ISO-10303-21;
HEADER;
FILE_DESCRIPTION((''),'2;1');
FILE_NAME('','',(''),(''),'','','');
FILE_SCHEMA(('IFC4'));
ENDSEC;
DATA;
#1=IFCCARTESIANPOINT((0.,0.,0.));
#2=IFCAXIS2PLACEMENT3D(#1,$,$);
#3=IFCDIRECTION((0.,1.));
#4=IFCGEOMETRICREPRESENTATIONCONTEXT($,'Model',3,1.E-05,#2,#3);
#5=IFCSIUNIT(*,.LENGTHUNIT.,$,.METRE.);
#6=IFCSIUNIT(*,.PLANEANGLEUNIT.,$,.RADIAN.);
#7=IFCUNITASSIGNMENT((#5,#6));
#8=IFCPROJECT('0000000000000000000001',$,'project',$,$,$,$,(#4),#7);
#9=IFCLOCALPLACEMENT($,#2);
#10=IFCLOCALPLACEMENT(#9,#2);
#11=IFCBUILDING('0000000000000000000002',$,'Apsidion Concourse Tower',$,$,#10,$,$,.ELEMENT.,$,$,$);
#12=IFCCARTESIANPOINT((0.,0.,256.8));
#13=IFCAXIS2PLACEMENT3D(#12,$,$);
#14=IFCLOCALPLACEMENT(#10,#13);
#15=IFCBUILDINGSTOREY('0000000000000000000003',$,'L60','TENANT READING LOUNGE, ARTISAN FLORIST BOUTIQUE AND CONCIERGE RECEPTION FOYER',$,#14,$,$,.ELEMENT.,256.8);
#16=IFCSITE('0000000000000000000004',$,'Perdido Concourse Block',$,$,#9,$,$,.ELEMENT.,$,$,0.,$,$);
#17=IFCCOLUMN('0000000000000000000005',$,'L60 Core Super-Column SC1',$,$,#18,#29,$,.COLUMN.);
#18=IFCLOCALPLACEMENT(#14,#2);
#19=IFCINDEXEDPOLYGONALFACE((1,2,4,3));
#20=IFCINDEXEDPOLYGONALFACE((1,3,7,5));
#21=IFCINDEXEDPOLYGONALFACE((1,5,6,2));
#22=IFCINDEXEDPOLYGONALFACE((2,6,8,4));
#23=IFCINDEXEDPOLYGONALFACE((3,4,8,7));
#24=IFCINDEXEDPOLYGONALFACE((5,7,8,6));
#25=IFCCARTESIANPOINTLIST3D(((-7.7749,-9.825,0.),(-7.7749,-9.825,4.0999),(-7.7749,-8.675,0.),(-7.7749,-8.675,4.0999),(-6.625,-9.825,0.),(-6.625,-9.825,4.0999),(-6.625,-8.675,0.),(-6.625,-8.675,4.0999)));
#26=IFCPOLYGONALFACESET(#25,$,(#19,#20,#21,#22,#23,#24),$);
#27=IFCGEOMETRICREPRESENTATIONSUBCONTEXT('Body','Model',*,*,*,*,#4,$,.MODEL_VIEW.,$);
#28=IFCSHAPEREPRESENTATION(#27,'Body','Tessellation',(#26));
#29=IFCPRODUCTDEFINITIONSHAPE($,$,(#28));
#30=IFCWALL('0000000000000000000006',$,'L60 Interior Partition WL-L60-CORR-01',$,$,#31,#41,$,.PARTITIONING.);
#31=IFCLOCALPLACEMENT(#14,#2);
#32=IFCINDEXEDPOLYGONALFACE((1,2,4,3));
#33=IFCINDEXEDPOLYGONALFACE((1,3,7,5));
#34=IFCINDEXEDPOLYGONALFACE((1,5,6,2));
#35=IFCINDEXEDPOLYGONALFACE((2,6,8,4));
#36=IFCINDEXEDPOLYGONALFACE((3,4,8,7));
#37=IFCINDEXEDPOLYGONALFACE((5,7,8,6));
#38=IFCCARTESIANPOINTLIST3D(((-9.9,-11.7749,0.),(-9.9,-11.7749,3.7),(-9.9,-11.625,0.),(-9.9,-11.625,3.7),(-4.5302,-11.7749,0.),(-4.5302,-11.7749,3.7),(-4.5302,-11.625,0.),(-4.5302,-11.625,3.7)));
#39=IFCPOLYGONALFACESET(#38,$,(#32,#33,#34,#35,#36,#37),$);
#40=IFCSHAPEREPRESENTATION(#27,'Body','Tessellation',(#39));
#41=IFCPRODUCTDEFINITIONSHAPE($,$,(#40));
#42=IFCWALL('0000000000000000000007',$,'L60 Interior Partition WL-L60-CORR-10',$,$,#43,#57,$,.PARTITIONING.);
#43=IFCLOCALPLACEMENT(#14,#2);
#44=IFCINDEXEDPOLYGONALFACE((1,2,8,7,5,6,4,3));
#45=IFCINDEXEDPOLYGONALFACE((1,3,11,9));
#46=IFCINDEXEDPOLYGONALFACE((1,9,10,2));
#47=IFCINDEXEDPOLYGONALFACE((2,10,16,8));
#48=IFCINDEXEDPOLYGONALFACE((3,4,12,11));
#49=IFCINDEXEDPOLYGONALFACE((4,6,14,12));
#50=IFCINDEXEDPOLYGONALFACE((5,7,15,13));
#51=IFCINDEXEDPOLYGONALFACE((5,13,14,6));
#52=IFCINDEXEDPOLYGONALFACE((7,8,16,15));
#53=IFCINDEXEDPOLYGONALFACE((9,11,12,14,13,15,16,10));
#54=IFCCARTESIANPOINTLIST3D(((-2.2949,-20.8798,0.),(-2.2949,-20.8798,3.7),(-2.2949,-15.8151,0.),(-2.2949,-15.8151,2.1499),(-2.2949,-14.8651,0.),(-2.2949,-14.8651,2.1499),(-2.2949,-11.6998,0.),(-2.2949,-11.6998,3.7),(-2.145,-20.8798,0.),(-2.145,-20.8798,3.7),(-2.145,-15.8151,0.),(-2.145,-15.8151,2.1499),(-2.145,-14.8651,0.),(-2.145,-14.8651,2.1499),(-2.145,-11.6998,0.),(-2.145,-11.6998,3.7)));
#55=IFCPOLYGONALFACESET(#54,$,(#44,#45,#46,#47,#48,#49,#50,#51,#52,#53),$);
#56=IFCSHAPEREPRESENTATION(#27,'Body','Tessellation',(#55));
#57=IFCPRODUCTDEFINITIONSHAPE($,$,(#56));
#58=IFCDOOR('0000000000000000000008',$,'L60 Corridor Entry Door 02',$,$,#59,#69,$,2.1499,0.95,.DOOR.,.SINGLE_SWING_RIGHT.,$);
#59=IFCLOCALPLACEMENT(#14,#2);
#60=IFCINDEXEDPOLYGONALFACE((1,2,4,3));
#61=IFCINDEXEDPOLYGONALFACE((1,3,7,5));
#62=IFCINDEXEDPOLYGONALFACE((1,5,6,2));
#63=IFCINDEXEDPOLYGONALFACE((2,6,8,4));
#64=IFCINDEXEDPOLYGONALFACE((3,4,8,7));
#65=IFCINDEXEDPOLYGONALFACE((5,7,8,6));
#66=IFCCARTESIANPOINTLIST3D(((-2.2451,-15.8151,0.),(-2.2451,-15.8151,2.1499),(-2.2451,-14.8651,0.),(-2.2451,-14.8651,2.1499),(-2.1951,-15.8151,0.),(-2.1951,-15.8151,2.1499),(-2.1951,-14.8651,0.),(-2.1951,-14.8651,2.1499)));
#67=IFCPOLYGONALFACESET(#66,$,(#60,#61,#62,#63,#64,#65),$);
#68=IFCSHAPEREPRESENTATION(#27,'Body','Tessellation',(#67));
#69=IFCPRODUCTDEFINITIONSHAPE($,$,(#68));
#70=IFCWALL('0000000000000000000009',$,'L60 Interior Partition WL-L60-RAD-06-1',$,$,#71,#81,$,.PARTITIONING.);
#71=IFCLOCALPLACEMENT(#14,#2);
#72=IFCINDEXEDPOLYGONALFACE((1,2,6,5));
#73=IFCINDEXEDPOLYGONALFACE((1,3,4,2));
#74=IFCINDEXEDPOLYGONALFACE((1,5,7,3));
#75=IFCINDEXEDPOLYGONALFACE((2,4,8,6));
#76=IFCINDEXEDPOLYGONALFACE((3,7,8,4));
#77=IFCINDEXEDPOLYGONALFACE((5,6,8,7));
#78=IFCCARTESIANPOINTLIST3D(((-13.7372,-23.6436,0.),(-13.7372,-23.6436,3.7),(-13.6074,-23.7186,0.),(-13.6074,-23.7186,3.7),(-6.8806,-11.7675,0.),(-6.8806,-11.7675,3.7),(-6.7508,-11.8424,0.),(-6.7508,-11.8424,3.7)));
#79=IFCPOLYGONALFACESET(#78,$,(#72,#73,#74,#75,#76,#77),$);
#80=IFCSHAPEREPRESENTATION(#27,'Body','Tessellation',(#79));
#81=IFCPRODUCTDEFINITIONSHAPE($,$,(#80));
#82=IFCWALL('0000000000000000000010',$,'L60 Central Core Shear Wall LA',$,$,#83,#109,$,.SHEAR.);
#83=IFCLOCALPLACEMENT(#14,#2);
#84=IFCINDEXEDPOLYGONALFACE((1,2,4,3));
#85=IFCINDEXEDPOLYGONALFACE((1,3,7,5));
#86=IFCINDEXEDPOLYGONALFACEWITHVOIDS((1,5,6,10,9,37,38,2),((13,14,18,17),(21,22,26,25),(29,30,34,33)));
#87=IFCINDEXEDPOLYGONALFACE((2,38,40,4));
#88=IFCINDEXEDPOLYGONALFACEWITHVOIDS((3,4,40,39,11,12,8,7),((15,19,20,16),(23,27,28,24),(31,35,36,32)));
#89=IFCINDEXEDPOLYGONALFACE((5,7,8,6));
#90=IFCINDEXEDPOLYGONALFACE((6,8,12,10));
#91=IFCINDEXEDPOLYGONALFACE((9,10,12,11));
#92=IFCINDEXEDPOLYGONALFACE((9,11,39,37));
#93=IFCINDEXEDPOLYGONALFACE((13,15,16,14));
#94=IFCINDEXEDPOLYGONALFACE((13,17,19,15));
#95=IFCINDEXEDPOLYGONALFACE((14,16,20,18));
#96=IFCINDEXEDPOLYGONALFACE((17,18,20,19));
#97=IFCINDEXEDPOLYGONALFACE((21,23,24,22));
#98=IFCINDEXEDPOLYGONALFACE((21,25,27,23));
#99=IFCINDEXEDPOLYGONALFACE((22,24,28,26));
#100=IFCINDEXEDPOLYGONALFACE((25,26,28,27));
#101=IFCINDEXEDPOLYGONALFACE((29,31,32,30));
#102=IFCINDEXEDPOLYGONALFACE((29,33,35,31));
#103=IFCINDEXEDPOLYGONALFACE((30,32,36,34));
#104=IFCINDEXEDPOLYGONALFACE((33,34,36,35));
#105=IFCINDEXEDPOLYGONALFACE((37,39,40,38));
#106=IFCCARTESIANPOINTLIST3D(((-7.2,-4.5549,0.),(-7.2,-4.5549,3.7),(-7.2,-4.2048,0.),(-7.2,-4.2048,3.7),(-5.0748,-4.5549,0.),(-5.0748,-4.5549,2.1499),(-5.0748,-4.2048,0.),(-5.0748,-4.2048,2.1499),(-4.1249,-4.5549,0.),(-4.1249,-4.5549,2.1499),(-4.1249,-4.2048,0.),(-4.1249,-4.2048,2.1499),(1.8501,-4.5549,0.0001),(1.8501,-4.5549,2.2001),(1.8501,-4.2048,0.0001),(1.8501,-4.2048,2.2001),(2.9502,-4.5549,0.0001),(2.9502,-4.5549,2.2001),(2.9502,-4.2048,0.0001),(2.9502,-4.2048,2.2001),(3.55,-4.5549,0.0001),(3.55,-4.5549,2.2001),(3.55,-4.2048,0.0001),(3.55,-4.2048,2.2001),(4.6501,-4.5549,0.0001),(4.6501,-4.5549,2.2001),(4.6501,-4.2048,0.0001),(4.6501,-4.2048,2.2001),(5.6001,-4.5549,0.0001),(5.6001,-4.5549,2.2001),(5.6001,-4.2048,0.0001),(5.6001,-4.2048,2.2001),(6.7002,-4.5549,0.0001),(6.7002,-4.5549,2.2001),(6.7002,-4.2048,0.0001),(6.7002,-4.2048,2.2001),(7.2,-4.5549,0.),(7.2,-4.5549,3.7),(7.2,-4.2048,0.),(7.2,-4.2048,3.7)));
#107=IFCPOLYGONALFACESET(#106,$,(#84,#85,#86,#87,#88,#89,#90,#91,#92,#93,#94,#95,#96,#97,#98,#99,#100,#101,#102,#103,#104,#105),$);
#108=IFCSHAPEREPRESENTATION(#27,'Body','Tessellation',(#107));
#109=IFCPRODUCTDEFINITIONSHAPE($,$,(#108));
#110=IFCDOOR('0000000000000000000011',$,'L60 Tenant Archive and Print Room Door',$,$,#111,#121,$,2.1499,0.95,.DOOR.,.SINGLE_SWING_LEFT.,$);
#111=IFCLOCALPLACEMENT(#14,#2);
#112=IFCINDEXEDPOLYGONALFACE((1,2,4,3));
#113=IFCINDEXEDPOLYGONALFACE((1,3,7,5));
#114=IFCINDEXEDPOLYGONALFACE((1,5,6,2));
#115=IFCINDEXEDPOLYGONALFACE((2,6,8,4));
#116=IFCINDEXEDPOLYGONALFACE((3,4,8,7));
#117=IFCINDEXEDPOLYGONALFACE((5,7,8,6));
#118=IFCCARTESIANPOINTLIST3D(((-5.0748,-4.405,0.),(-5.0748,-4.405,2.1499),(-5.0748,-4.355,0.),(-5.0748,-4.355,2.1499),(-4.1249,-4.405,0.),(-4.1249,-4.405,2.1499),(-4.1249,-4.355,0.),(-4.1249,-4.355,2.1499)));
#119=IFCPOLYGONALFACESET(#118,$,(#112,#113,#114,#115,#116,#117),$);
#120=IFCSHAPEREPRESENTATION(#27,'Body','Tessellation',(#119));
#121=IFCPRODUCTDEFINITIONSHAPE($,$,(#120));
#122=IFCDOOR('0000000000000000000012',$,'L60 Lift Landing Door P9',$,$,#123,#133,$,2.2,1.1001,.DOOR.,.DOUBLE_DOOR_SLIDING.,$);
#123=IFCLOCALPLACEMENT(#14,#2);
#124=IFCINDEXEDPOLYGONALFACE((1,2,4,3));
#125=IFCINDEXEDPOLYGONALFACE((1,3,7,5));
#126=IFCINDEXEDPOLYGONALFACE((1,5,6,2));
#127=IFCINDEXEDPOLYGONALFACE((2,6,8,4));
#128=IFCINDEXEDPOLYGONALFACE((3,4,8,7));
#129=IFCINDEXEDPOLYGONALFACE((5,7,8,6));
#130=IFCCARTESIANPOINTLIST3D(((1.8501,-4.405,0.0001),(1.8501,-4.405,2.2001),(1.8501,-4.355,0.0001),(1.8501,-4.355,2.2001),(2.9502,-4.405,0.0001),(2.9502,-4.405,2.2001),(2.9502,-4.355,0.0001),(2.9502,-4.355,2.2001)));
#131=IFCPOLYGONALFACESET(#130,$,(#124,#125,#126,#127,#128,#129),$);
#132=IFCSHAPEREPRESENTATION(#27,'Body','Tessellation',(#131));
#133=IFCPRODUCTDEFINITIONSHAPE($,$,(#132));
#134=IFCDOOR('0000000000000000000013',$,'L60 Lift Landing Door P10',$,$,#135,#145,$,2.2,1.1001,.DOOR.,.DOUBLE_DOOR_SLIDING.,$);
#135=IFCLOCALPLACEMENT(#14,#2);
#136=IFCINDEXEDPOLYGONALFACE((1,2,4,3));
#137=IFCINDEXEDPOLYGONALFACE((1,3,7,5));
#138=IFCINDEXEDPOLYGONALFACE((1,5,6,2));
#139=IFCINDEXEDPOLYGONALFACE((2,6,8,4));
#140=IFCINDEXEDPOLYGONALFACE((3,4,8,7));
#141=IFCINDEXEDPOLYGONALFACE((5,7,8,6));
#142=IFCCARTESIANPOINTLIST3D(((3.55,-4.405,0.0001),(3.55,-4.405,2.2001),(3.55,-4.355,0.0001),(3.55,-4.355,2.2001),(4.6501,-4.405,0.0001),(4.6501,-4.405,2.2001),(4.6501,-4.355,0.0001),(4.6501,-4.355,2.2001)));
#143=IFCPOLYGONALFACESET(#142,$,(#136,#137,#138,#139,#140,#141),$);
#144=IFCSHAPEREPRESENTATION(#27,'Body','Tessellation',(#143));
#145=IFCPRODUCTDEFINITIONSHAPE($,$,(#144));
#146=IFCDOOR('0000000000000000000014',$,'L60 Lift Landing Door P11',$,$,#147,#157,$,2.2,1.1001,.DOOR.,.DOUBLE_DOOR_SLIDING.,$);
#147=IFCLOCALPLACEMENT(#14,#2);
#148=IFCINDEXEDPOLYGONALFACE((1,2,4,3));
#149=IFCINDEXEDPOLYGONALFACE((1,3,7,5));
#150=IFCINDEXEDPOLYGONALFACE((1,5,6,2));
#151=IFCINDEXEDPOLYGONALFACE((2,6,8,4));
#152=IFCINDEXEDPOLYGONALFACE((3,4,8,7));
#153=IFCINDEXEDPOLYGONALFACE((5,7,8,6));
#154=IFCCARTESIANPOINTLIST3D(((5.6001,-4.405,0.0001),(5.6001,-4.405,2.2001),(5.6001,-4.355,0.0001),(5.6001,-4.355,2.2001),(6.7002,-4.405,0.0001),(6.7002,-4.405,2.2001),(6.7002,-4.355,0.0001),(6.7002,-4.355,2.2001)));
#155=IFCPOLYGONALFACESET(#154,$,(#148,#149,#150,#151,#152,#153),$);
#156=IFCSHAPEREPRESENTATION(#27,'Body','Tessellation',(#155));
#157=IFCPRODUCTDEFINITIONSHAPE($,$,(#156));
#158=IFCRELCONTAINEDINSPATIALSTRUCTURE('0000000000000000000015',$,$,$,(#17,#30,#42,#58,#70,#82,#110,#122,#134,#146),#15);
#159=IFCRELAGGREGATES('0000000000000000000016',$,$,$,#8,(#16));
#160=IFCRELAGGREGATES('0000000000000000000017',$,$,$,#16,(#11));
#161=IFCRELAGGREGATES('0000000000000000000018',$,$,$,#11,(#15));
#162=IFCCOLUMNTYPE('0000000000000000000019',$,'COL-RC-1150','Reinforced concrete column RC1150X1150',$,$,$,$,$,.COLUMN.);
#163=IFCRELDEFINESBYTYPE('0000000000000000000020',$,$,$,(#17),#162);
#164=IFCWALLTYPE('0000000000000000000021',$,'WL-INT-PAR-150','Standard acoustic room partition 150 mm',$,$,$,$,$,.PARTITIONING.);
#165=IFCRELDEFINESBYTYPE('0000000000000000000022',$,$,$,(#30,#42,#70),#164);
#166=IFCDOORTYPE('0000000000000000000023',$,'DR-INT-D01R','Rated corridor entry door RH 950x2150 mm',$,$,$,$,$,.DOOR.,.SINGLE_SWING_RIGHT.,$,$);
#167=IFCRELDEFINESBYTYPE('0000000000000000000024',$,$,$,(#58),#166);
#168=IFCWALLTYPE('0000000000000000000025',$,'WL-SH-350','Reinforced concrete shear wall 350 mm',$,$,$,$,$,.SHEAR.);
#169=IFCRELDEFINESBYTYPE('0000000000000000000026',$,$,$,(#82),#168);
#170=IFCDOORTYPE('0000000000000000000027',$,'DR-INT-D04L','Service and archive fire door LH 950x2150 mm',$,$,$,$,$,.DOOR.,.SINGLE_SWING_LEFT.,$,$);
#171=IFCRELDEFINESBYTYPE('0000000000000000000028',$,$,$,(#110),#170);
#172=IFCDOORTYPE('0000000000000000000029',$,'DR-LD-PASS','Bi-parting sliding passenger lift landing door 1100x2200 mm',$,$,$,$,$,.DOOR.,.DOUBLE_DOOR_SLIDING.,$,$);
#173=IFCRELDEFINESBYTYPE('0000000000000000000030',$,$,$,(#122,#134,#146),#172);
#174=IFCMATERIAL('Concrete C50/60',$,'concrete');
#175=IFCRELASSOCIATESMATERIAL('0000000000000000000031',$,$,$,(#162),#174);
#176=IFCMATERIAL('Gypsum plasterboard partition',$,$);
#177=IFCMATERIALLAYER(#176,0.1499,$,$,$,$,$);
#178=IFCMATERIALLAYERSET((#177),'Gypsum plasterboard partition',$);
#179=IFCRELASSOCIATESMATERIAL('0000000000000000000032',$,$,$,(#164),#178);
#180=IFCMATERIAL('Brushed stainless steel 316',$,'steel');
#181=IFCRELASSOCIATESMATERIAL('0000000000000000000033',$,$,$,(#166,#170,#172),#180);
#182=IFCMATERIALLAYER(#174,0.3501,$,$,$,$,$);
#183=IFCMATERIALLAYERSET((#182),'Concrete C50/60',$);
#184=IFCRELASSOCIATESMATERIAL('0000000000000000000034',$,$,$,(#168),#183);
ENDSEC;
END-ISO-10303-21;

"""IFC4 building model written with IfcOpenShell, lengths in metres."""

from ifc_helpers import new_model, si_unit, direction, frame, frame_2d, origin, origin_2d, place, context, subcontext, project, spatial, rectangle, extrude, material, layer, layer_set, material_profile, profile_set, type_object, element, fill, save


model = new_model("IFC4")

# Units and contexts
model_context = context("Model", 3, precision=1e-05, world=origin(), true_north=direction((0.0, 1.0)))
body_context = subcontext(model_context, "Body", "Model", "MODEL_VIEW")
ifc_project = project(units=[si_unit("LENGTHUNIT", "METRE"), si_unit("PLANEANGLEUNIT", "RADIAN")], contexts=[model_context])

# Site, building, storey
site_placement = place(None, origin())
site = spatial("IfcSite", under=ifc_project, at=site_placement, Name="Perdido Concourse Block", CompositionType="ELEMENT", RefElevation=0.0)
building_placement = place(site_placement, origin())
building = spatial("IfcBuilding", under=site, at=building_placement, Name="Apsidion Concourse Tower", CompositionType="ELEMENT")
storey_placement = place(building_placement, frame((0.0, 0.0, 256.8)))
storey = spatial("IfcBuildingStorey", under=building, at=storey_placement, Name="L60", Description="TENANT READING LOUNGE, ARTISAN FLORIST BOUTIQUE AND CONCIERGE RECEPTION FOYER", CompositionType="ELEMENT", Elevation=256.8)

# Column
ifc_material_1 = material(Name="Concrete C50/60", Category="concrete")
ifc_material_profile = material_profile(ifc_material_1, rectangle(XDim=1.1499, YDim=1.1499, at=origin_2d()), Name="RC 1150x1150")
ifc_profile_set = profile_set([ifc_material_profile], Name="Concrete C50/60")
column_type = type_object("IfcColumnType", Name="COL-RC-1150", Description="Reinforced concrete column RC1150X1150", PredefinedType="COLUMN", material=ifc_profile_set)
column_placement = place(storey_placement, frame((-7.2, -9.25, 0.0), z_axis=(0.0, 0.0, 1.0), x_axis=(1.0, 0.0, 0.0)))
element("IfcColumn", 1, at=column_placement, inside=storey, type_object=column_type, Name="L60 Core Super-Column SC1", PredefinedType="COLUMN", context=body_context, shape_type="SweptSolid", body=[
    extrude(rectangle(XDim=1.1499, YDim=1.1499, at=origin_2d()), origin(), (0.0, 0.0, 1.0), 4.0999),
])

# Wall
ifc_material_2 = material(Name="Gypsum plasterboard partition")
ifc_layer_1 = layer(ifc_material_2, 0.1499)
ifc_layer_set_1 = layer_set([ifc_layer_1], Name="Gypsum plasterboard partition")
wall_type_1 = type_object("IfcWallType", Name="WL-INT-PAR-150", Description="Standard acoustic room partition 150 mm", PredefinedType="PARTITIONING", material=ifc_layer_set_1)
wall_1_placement = place(storey_placement, frame((-4.53, -11.7, 0.0), z_axis=(0.0, 0.0, 1.0), x_axis=(-1.0, 0.0, 0.0)))
element("IfcWall", 2, at=wall_1_placement, inside=storey, type_object=wall_type_1, Name="L60 Interior Partition WL-L60-CORR-01", PredefinedType="PARTITIONING", context=body_context, shape_type="SweptSolid", body=[
    extrude(rectangle(XDim=5.3699, YDim=0.1499, at=frame_2d((2.6851, 0.0))), origin(), (0.0, 0.0, 1.0), 3.7),
])

# Wall, opening, door
wall_2_placement = place(storey_placement, frame((-2.22, -11.7, 0.0), z_axis=(0.0, 0.0, 1.0), x_axis=(0.0, -1.0, 0.0)))
wall_2 = element("IfcWall", 3, at=wall_2_placement, inside=storey, type_object=wall_type_1, Name="L60 Interior Partition WL-L60-CORR-10", PredefinedType="PARTITIONING", context=body_context, shape_type="SweptSolid", body=[
    extrude(rectangle(XDim=9.1799, YDim=0.1499, at=frame_2d((4.5898, 0.0))), origin(), (0.0, 0.0, 1.0), 3.7),
])
opening_1_placement = place(wall_2_placement, frame((3.165, 0.0, 0.0)))
opening_1 = element("IfcOpeningElement", 4, at=opening_1_placement, cuts=wall_2, PredefinedType="OPENING", context=body_context, shape_type="SweptSolid", body=[
    extrude(rectangle(XDim=0.95, YDim=2.1499, at=frame_2d((0.4751, 1.075))), frame((0.0, 0.085, 0.0), z_axis=(0.0, -1.0, 0.0), x_axis=(1.0, 0.0, 0.0)), (0.0, 0.0, 1.0), 0.1699),
])
ifc_material_3 = material(Name="Brushed stainless steel 316", Category="steel")
door_type_1 = type_object("IfcDoorType", Name="DR-INT-D01R", Description="Rated corridor entry door RH 950x2150 mm", OperationType="SINGLE_SWING_RIGHT", PredefinedType="DOOR", material=ifc_material_3)
door_1_placement = place(opening_1_placement, origin())
door_1 = element("IfcDoor", 5, at=door_1_placement, inside=storey, type_object=door_type_1, Name="L60 Corridor Entry Door 02", OperationType="SINGLE_SWING_RIGHT", OverallHeight=2.1499, OverallWidth=0.95, PredefinedType="DOOR", context=body_context, shape_type="SweptSolid", body=[
    extrude(rectangle(XDim=0.95, YDim=2.1499, at=frame_2d((0.4751, 1.075))), frame((0.0, 0.0249, 0.0), z_axis=(0.0, -1.0, 0.0), x_axis=(1.0, 0.0, 0.0)), (0.0, 0.0, 1.0), 0.05),
])
fill(opening_1, door_1)

# Wall
wall_3_placement = place(storey_placement, frame((-6.8157, -11.8049, 0.0), z_axis=(0.0, 0.0, 1.0), x_axis=(-0.499997, -0.866027, 0.0)))
element("IfcWall", 6, at=wall_3_placement, inside=storey, type_object=wall_type_1, Name="L60 Interior Partition WL-L60-RAD-06-1", PredefinedType="PARTITIONING", context=body_context, shape_type="SweptSolid", body=[
    extrude(rectangle(XDim=13.7134, YDim=0.1499, at=frame_2d((6.8567, 0.0))), origin(), (0.0, 0.0, 1.0), 3.7),
])

# Wall, openings, doors
ifc_layer_2 = layer(ifc_material_1, 0.3501)
ifc_layer_set_2 = layer_set([ifc_layer_2], Name="Concrete C50/60")
wall_type_2 = type_object("IfcWallType", Name="WL-SH-350", Description="Reinforced concrete shear wall 350 mm", PredefinedType="SHEAR", material=ifc_layer_set_2)
wall_4_placement = place(storey_placement, frame((-7.2, -4.3799, 0.0), z_axis=(0.0, 0.0, 1.0), x_axis=(1.0, 0.0, 0.0)))
wall_4 = element("IfcWall", 7, at=wall_4_placement, inside=storey, type_object=wall_type_2, Name="L60 Central Core Shear Wall LA", PredefinedType="SHEAR", context=body_context, shape_type="SweptSolid", body=[
    extrude(rectangle(XDim=14.3999, YDim=0.3501, at=frame_2d((7.2, 0.0))), origin(), (0.0, 0.0, 1.0), 3.7),
])
opening_2_placement = place(wall_4_placement, frame((9.05, 0.0, 0.0)))
opening_2 = element("IfcOpeningElement", 8, at=opening_2_placement, cuts=wall_4, PredefinedType="OPENING", context=body_context, shape_type="SweptSolid", body=[
    extrude(rectangle(XDim=1.1001, YDim=2.2, at=frame_2d((0.55, 1.1001))), frame((0.0, 0.1851, 0.0), z_axis=(0.0, -1.0, 0.0), x_axis=(1.0, 0.0, 0.0)), (0.0, 0.0, 1.0), 0.3701),
])
opening_3_placement = place(wall_4_placement, frame((10.75, 0.0, 0.0)))
opening_3 = element("IfcOpeningElement", 9, at=opening_3_placement, cuts=wall_4, PredefinedType="OPENING", context=body_context, shape_type="SweptSolid", body=[
    extrude(rectangle(XDim=1.1001, YDim=2.2, at=frame_2d((0.55, 1.1001))), frame((0.0, 0.1851, 0.0), z_axis=(0.0, -1.0, 0.0), x_axis=(1.0, 0.0, 0.0)), (0.0, 0.0, 1.0), 0.3701),
])
opening_4_placement = place(wall_4_placement, frame((12.8, 0.0, 0.0)))
opening_4 = element("IfcOpeningElement", 10, at=opening_4_placement, cuts=wall_4, PredefinedType="OPENING", context=body_context, shape_type="SweptSolid", body=[
    extrude(rectangle(XDim=1.1001, YDim=2.2, at=frame_2d((0.55, 1.1001))), frame((0.0, 0.1851, 0.0), z_axis=(0.0, -1.0, 0.0), x_axis=(1.0, 0.0, 0.0)), (0.0, 0.0, 1.0), 0.3701),
])
opening_5_placement = place(wall_4_placement, frame((2.125, 0.0, 0.0)))
opening_5 = element("IfcOpeningElement", 11, at=opening_5_placement, cuts=wall_4, PredefinedType="OPENING", context=body_context, shape_type="SweptSolid", body=[
    extrude(rectangle(XDim=0.95, YDim=2.1499, at=frame_2d((0.4751, 1.075))), frame((0.0, 0.1851, 0.0), z_axis=(0.0, -1.0, 0.0), x_axis=(1.0, 0.0, 0.0)), (0.0, 0.0, 1.0), 0.3701),
])
door_type_2 = type_object("IfcDoorType", Name="DR-INT-D04L", Description="Service and archive fire door LH 950x2150 mm", OperationType="SINGLE_SWING_LEFT", PredefinedType="DOOR", material=ifc_material_3)
door_2_placement = place(opening_5_placement, origin())
door_2 = element("IfcDoor", 12, at=door_2_placement, inside=storey, type_object=door_type_2, Name="L60 Tenant Archive and Print Room Door", OperationType="SINGLE_SWING_LEFT", OverallHeight=2.1499, OverallWidth=0.95, PredefinedType="DOOR", context=body_context, shape_type="SweptSolid", body=[
    extrude(rectangle(XDim=0.95, YDim=2.1499, at=frame_2d((0.4751, 1.075))), frame((0.0, 0.0249, 0.0), z_axis=(0.0, -1.0, 0.0), x_axis=(1.0, 0.0, 0.0)), (0.0, 0.0, 1.0), 0.05),
])
fill(opening_5, door_2)
door_type_3 = type_object("IfcDoorType", Name="DR-LD-PASS", Description="Bi-parting sliding passenger lift landing door 1100x2200 mm", OperationType="DOUBLE_DOOR_SLIDING", PredefinedType="DOOR", material=ifc_material_3)
door_3_placement = place(opening_2_placement, origin())
door_3 = element("IfcDoor", 13, at=door_3_placement, inside=storey, type_object=door_type_3, Name="L60 Lift Landing Door P9", OperationType="DOUBLE_DOOR_SLIDING", OverallHeight=2.2, OverallWidth=1.1001, PredefinedType="DOOR", context=body_context, shape_type="SweptSolid", body=[
    extrude(rectangle(XDim=1.1001, YDim=2.2, at=frame_2d((0.55, 1.1001))), frame((0.0, 0.0249, 0.0), z_axis=(0.0, -1.0, 0.0), x_axis=(1.0, 0.0, 0.0)), (0.0, 0.0, 1.0), 0.05),
])
fill(opening_2, door_3)
door_4_placement = place(opening_3_placement, origin())
door_4 = element("IfcDoor", 14, at=door_4_placement, inside=storey, type_object=door_type_3, Name="L60 Lift Landing Door P10", OperationType="DOUBLE_DOOR_SLIDING", OverallHeight=2.2, OverallWidth=1.1001, PredefinedType="DOOR", context=body_context, shape_type="SweptSolid", body=[
    extrude(rectangle(XDim=1.1001, YDim=2.2, at=frame_2d((0.55, 1.1001))), frame((0.0, 0.0249, 0.0), z_axis=(0.0, -1.0, 0.0), x_axis=(1.0, 0.0, 0.0)), (0.0, 0.0, 1.0), 0.05),
])
fill(opening_3, door_4)
door_5_placement = place(opening_4_placement, origin())
door_5 = element("IfcDoor", 15, at=door_5_placement, inside=storey, type_object=door_type_3, Name="L60 Lift Landing Door P11", OperationType="DOUBLE_DOOR_SLIDING", OverallHeight=2.2, OverallWidth=1.1001, PredefinedType="DOOR", context=body_context, shape_type="SweptSolid", body=[
    extrude(rectangle(XDim=1.1001, YDim=2.2, at=frame_2d((0.55, 1.1001))), frame((0.0, 0.0249, 0.0), z_axis=(0.0, -1.0, 0.0), x_axis=(1.0, 0.0, 0.0)), (0.0, 0.0, 1.0), 0.05),
])
fill(opening_4, door_5)

save(model, "model.ifc")
